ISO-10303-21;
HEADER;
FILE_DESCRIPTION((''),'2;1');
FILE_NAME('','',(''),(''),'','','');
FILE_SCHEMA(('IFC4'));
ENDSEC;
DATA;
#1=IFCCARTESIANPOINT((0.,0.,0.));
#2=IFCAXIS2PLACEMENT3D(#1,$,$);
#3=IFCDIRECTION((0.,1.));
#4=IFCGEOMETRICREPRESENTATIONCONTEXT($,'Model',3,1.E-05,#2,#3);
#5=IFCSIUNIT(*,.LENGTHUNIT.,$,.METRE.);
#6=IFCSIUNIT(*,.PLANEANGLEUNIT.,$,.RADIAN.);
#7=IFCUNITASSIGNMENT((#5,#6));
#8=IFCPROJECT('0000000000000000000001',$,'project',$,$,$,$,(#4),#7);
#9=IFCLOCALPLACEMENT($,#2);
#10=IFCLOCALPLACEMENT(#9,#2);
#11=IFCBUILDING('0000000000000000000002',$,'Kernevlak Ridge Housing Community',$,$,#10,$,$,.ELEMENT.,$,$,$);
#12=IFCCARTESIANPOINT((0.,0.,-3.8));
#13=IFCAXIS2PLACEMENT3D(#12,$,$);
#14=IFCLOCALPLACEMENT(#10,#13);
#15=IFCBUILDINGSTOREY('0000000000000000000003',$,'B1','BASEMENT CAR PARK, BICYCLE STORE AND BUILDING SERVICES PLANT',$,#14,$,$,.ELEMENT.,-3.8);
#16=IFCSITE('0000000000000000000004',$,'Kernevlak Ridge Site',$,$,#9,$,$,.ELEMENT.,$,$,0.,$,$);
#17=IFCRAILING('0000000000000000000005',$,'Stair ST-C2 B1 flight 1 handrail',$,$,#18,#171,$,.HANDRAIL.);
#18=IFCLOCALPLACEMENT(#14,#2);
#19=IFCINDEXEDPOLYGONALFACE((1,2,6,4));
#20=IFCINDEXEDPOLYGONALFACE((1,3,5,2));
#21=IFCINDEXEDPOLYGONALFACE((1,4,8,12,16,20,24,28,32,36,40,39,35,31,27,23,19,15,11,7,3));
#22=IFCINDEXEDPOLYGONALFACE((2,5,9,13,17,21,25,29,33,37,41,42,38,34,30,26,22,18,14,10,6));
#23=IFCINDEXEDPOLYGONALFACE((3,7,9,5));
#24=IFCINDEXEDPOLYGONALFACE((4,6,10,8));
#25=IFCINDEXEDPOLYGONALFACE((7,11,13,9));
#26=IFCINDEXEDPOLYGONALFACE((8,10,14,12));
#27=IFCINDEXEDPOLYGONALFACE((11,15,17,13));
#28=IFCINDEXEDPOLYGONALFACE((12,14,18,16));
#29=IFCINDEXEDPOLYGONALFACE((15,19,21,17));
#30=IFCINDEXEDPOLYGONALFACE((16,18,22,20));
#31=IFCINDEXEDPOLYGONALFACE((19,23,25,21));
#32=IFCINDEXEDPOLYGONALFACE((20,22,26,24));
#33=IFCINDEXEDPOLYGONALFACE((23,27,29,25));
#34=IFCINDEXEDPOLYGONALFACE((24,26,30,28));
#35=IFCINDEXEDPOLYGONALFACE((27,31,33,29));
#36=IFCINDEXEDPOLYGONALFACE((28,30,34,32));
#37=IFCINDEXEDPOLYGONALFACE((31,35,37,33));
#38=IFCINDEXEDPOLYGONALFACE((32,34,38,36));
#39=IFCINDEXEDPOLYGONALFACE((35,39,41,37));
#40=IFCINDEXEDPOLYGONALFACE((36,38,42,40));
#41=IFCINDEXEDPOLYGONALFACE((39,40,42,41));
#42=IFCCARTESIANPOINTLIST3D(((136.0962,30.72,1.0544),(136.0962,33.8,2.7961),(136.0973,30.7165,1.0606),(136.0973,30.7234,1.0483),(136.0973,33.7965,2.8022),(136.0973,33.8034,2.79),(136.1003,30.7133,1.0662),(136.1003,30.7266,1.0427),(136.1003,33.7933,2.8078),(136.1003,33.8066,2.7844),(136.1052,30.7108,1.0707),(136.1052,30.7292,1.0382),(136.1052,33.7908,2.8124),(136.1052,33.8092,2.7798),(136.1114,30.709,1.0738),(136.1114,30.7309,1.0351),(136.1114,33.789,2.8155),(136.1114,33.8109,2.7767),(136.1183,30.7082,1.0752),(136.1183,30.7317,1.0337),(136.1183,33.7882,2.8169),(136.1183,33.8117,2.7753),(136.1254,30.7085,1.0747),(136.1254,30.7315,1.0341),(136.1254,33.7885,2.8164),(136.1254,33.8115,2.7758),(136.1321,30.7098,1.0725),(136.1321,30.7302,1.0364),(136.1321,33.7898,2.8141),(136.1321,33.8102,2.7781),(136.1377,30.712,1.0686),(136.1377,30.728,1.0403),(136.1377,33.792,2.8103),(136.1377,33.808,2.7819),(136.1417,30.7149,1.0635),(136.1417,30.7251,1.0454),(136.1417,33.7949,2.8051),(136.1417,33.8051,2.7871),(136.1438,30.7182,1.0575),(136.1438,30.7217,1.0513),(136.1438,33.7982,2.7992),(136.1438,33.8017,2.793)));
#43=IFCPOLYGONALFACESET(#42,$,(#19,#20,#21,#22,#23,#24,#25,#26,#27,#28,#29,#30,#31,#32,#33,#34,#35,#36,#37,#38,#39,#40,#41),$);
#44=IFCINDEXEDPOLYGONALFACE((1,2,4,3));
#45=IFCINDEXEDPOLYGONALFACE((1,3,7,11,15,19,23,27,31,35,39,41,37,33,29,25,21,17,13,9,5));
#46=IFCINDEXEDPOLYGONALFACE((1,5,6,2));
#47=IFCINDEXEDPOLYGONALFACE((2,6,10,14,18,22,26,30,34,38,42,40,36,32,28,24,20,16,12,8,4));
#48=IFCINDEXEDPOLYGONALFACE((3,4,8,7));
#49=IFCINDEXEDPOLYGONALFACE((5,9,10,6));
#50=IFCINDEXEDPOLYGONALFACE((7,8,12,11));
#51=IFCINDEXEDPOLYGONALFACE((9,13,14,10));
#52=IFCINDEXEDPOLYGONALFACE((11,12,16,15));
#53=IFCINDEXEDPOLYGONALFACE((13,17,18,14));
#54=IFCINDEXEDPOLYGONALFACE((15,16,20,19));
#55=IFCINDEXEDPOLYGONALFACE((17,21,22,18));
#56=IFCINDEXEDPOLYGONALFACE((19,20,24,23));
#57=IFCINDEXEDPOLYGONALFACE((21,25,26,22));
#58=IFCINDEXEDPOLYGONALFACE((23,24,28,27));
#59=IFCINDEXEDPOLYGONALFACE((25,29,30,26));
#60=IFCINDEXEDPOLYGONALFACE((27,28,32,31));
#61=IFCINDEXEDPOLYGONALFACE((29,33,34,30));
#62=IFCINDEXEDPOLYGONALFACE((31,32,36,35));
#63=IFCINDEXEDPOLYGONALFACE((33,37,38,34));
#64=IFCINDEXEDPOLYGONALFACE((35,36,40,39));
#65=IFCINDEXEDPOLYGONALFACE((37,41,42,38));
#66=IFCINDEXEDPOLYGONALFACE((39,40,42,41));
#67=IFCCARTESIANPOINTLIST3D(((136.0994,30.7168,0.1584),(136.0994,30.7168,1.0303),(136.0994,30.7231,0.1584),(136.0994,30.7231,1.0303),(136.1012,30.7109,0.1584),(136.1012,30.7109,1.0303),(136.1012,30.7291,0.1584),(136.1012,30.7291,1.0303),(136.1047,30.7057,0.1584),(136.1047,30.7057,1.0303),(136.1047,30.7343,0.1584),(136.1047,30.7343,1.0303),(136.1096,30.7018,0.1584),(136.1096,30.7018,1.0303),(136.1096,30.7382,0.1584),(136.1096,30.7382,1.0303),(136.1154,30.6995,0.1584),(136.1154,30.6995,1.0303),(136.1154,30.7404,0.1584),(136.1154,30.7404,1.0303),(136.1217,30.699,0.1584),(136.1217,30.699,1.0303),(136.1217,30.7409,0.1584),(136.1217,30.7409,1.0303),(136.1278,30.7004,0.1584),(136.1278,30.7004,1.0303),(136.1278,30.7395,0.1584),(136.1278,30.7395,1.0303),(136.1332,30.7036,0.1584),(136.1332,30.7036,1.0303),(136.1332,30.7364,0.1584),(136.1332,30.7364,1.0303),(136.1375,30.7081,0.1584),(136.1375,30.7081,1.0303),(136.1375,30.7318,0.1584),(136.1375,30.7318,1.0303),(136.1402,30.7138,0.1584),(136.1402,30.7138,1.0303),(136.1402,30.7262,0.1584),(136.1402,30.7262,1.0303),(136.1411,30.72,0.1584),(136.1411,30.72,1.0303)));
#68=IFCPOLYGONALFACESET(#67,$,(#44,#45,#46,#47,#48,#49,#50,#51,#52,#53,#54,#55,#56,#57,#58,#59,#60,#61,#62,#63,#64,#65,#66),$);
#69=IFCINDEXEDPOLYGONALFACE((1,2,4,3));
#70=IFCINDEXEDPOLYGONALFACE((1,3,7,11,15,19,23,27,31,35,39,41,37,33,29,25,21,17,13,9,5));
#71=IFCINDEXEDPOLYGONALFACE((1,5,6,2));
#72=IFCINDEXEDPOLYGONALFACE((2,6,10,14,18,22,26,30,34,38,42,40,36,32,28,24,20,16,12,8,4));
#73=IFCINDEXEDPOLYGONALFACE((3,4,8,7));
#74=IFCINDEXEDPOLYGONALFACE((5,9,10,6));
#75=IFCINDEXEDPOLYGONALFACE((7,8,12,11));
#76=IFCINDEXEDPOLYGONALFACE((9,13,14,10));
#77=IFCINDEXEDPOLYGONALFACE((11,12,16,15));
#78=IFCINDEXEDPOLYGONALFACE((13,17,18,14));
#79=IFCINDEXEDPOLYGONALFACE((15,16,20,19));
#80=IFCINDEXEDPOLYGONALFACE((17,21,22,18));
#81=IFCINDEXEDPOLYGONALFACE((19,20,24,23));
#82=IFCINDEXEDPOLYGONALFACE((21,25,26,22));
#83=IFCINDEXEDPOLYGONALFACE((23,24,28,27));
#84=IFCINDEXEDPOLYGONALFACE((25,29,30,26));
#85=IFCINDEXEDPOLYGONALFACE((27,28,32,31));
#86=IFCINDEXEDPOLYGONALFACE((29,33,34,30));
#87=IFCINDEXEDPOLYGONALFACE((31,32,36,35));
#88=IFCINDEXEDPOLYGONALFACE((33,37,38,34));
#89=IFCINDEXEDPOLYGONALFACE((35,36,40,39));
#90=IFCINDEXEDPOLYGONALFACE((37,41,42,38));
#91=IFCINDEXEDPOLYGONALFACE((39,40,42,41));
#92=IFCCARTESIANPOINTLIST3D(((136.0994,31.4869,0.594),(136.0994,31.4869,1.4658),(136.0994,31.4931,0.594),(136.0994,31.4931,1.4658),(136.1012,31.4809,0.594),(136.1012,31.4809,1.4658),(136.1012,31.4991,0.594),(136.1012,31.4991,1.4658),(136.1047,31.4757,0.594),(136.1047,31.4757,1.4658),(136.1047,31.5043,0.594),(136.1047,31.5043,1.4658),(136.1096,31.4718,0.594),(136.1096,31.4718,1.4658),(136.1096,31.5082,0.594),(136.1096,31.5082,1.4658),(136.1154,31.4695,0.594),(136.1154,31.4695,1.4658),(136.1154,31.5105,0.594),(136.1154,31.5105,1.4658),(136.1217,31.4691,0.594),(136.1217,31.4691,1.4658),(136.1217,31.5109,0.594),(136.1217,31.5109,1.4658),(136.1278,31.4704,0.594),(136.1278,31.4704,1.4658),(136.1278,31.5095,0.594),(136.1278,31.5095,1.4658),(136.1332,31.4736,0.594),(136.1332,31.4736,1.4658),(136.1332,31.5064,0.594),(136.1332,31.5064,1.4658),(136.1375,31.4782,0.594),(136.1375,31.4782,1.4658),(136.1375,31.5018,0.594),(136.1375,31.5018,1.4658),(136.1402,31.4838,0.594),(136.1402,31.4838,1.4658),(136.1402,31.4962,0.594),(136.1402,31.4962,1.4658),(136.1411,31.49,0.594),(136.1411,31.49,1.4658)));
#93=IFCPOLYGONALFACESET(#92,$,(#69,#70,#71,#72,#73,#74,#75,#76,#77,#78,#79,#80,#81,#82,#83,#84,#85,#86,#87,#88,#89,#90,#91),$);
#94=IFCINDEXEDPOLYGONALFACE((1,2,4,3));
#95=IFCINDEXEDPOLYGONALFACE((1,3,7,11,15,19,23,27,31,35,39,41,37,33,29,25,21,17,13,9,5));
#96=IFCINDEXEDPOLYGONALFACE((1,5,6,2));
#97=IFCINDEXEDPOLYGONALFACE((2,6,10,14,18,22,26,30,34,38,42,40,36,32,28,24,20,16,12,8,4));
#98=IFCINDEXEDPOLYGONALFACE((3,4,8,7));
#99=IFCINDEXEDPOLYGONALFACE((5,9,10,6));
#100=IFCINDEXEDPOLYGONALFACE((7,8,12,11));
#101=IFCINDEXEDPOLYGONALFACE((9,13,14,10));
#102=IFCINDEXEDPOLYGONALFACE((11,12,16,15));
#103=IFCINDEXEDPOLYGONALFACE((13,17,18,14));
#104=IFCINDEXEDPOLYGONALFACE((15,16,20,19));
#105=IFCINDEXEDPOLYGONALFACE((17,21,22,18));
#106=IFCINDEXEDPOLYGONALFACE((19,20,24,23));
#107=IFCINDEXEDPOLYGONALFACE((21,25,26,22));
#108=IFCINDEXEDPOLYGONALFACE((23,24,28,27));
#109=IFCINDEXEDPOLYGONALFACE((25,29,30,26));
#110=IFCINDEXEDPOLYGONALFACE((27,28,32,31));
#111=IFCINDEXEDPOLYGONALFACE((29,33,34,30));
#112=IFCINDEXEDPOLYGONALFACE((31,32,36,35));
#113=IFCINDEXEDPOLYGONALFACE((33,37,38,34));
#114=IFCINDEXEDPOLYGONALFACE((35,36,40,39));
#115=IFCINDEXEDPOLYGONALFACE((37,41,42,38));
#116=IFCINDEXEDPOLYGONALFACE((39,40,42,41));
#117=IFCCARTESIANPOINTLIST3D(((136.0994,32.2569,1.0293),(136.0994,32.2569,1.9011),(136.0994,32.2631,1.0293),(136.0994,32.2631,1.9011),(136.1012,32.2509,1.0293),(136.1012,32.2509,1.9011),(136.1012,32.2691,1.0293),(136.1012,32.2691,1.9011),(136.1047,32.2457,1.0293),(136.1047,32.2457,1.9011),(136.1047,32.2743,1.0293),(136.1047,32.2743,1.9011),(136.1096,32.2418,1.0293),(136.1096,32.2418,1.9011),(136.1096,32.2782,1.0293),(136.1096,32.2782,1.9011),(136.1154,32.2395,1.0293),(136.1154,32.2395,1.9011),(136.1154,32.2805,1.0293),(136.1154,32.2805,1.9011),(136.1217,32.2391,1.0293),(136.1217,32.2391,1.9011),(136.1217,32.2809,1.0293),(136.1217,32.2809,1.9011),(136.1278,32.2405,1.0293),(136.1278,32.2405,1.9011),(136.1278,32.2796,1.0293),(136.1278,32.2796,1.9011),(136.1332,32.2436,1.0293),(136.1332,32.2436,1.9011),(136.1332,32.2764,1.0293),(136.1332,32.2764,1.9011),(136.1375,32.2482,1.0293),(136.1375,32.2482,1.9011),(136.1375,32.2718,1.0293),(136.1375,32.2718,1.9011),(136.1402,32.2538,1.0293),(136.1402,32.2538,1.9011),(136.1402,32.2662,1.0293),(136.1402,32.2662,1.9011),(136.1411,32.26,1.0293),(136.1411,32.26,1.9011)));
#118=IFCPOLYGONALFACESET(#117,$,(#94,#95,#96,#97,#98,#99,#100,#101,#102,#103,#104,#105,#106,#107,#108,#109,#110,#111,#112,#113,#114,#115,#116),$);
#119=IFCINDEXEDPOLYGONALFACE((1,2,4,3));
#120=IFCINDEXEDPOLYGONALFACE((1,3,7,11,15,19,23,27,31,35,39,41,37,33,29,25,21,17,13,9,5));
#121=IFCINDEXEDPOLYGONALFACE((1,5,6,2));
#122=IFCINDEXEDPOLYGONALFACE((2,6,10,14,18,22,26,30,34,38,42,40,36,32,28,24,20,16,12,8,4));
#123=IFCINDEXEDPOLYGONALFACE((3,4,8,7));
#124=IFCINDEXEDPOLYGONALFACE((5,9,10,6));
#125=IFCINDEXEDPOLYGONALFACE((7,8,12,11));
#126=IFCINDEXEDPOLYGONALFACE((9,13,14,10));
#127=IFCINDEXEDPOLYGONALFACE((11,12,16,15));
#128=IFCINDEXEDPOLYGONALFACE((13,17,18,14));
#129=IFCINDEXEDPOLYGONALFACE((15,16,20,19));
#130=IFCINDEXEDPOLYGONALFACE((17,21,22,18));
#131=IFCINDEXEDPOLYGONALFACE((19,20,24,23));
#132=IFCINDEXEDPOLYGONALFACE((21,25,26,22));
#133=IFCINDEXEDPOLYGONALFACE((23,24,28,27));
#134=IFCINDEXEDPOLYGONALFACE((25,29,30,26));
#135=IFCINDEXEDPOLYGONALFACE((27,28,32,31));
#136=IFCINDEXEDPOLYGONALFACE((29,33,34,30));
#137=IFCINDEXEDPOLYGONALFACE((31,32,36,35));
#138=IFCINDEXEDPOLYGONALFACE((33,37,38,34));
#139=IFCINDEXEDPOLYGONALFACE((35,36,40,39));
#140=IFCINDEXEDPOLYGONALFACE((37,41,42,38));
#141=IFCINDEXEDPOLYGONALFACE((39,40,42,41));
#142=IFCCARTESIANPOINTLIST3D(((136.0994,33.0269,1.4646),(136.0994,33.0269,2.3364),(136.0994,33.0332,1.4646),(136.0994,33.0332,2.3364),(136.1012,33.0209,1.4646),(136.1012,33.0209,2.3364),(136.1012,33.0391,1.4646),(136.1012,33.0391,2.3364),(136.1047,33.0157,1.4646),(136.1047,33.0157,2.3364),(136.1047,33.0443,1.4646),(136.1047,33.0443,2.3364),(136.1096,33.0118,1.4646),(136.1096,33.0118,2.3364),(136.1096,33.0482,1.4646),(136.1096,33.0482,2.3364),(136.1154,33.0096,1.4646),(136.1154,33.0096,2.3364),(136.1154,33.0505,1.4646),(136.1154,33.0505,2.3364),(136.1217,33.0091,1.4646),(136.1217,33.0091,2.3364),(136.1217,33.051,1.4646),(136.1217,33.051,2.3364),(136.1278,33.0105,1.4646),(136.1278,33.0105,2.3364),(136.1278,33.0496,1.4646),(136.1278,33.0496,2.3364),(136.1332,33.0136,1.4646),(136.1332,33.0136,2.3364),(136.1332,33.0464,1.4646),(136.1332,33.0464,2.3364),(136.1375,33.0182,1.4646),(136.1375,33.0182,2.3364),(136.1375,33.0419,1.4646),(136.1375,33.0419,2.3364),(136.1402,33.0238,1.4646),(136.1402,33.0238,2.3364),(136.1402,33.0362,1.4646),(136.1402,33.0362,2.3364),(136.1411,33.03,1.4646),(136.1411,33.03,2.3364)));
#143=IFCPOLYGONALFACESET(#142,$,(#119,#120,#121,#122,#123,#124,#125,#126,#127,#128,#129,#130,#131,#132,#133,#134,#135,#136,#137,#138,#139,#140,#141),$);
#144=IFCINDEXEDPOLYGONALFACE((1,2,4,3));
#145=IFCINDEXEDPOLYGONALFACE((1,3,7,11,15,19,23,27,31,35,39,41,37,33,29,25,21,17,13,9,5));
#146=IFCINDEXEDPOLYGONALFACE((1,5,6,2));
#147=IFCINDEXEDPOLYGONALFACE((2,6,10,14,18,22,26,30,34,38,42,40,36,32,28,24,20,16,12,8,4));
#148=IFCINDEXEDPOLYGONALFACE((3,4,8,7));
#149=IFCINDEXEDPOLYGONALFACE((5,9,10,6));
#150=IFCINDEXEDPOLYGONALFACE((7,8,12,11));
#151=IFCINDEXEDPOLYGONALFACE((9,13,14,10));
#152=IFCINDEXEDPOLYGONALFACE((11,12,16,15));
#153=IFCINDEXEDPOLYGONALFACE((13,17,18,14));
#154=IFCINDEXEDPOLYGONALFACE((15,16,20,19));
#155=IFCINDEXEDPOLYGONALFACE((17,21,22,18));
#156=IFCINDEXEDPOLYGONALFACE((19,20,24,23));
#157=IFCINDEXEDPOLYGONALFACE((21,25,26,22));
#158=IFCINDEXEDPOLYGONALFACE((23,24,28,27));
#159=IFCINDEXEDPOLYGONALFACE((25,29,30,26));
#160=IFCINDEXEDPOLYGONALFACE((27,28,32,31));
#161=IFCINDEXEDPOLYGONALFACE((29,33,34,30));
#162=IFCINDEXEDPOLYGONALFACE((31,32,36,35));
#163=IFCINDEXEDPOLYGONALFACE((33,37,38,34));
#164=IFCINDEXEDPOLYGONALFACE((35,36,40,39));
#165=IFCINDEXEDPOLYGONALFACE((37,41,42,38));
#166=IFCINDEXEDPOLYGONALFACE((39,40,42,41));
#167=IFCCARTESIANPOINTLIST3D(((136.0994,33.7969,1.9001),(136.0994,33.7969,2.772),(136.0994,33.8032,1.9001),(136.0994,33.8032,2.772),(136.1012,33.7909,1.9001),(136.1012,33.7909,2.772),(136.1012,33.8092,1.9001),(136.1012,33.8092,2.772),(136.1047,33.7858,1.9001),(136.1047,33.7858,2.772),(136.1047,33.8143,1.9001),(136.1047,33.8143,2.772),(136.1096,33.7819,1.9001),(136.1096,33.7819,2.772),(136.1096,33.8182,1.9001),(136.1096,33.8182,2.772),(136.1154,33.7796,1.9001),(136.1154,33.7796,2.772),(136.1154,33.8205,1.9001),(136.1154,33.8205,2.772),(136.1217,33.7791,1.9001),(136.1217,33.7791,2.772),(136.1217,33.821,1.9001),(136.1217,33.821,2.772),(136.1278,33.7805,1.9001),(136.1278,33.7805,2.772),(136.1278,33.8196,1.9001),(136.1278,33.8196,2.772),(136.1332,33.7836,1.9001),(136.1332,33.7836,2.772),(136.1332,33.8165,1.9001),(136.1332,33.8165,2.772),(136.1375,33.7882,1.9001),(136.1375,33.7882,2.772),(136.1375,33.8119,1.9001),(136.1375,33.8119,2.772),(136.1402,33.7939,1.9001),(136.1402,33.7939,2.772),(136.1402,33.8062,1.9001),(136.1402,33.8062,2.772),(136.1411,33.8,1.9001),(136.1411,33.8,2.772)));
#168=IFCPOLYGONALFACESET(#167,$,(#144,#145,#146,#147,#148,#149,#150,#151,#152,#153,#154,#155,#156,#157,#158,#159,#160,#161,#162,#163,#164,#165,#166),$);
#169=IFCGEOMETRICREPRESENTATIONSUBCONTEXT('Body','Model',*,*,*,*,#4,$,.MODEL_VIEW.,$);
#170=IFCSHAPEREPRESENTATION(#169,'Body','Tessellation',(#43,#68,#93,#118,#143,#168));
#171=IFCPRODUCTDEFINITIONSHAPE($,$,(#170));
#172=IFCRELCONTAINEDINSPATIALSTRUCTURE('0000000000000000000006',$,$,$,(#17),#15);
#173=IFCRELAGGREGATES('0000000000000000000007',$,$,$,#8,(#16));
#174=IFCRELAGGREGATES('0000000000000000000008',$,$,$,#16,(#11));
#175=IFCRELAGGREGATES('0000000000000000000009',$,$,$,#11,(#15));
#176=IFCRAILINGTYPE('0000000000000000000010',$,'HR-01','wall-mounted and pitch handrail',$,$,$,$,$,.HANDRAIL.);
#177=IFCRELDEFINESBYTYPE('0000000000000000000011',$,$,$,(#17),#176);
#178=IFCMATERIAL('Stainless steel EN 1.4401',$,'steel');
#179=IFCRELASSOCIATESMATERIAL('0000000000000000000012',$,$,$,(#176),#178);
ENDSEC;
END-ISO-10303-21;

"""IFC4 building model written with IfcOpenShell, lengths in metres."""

from ifc_helpers import new_model, si_unit, direction, frame, origin, origin_2d, place, context, subcontext, project, spatial, circle, extrude, material, type_object, element, save


model = new_model("IFC4")

# Units and contexts
model_context = context("Model", 3, precision=1e-05, world=origin(), true_north=direction((0.0, 1.0)))
body_context = subcontext(model_context, "Body", "Model", "MODEL_VIEW")
ifc_project = project(units=[si_unit("LENGTHUNIT", "METRE"), si_unit("PLANEANGLEUNIT", "RADIAN")], contexts=[model_context])

# Site, building, storey
site_placement = place(None, origin())
site = spatial("IfcSite", under=ifc_project, at=site_placement, Name="Kernevlak Ridge Site", CompositionType="ELEMENT", RefElevation=0.0)
building_placement = place(site_placement, origin())
building = spatial("IfcBuilding", under=site, at=building_placement, Name="Kernevlak Ridge Housing Community", CompositionType="ELEMENT")
storey_placement = place(building_placement, frame((0.0, 0.0, -3.8)))
storey = spatial("IfcBuildingStorey", under=building, at=storey_placement, Name="B1", Description="BASEMENT CAR PARK, BICYCLE STORE AND BUILDING SERVICES PLANT", CompositionType="ELEMENT", Elevation=-3.8)

# Railing
ifc_material_1 = material(Name="Stainless steel EN 1.4401", Category="steel")
railing_type_1 = type_object("IfcRailingType", Name="HR-01", Description="wall-mounted and pitch handrail", PredefinedType="HANDRAIL", material=ifc_material_1)
railing_1_placement = place(storey_placement, frame((136.1201, 30.72, 0.1584)))
element("IfcRailing", 1, at=railing_1_placement, inside=storey, type_object=railing_type_1, Name="Stair ST-C2 B1 flight 1 handrail", PredefinedType="HANDRAIL", context=body_context, shape_type="SweptSolid", body=[
    extrude(circle(Radius=0.0239, at=origin_2d()), frame((0.0, 0.0, 0.896), z_axis=(0.0, 0.870468, 0.492225), x_axis=(-1.0, 0.0, 0.0)), (0.0, 0.0, 1.0), 3.5383),
    extrude(circle(Radius=0.021, at=origin_2d()), origin(), (0.0, 0.0, 1.0), 0.8718),
    extrude(circle(Radius=0.021, at=origin_2d()), frame((0.0, 0.77, 0.4355)), (0.0, 0.0, 1.0), 0.8718),
    extrude(circle(Radius=0.021, at=origin_2d()), frame((0.0, 1.54, 0.8708)), (0.0, 0.0, 1.0), 0.8718),
    extrude(circle(Radius=0.021, at=origin_2d()), frame((0.0, 2.3101, 1.3062)), (0.0, 0.0, 1.0), 0.8718),
    extrude(circle(Radius=0.021, at=origin_2d()), frame((0.0, 3.0801, 1.7417)), (0.0, 0.0, 1.0), 0.8718),
])

save(model, "model.ifc")
